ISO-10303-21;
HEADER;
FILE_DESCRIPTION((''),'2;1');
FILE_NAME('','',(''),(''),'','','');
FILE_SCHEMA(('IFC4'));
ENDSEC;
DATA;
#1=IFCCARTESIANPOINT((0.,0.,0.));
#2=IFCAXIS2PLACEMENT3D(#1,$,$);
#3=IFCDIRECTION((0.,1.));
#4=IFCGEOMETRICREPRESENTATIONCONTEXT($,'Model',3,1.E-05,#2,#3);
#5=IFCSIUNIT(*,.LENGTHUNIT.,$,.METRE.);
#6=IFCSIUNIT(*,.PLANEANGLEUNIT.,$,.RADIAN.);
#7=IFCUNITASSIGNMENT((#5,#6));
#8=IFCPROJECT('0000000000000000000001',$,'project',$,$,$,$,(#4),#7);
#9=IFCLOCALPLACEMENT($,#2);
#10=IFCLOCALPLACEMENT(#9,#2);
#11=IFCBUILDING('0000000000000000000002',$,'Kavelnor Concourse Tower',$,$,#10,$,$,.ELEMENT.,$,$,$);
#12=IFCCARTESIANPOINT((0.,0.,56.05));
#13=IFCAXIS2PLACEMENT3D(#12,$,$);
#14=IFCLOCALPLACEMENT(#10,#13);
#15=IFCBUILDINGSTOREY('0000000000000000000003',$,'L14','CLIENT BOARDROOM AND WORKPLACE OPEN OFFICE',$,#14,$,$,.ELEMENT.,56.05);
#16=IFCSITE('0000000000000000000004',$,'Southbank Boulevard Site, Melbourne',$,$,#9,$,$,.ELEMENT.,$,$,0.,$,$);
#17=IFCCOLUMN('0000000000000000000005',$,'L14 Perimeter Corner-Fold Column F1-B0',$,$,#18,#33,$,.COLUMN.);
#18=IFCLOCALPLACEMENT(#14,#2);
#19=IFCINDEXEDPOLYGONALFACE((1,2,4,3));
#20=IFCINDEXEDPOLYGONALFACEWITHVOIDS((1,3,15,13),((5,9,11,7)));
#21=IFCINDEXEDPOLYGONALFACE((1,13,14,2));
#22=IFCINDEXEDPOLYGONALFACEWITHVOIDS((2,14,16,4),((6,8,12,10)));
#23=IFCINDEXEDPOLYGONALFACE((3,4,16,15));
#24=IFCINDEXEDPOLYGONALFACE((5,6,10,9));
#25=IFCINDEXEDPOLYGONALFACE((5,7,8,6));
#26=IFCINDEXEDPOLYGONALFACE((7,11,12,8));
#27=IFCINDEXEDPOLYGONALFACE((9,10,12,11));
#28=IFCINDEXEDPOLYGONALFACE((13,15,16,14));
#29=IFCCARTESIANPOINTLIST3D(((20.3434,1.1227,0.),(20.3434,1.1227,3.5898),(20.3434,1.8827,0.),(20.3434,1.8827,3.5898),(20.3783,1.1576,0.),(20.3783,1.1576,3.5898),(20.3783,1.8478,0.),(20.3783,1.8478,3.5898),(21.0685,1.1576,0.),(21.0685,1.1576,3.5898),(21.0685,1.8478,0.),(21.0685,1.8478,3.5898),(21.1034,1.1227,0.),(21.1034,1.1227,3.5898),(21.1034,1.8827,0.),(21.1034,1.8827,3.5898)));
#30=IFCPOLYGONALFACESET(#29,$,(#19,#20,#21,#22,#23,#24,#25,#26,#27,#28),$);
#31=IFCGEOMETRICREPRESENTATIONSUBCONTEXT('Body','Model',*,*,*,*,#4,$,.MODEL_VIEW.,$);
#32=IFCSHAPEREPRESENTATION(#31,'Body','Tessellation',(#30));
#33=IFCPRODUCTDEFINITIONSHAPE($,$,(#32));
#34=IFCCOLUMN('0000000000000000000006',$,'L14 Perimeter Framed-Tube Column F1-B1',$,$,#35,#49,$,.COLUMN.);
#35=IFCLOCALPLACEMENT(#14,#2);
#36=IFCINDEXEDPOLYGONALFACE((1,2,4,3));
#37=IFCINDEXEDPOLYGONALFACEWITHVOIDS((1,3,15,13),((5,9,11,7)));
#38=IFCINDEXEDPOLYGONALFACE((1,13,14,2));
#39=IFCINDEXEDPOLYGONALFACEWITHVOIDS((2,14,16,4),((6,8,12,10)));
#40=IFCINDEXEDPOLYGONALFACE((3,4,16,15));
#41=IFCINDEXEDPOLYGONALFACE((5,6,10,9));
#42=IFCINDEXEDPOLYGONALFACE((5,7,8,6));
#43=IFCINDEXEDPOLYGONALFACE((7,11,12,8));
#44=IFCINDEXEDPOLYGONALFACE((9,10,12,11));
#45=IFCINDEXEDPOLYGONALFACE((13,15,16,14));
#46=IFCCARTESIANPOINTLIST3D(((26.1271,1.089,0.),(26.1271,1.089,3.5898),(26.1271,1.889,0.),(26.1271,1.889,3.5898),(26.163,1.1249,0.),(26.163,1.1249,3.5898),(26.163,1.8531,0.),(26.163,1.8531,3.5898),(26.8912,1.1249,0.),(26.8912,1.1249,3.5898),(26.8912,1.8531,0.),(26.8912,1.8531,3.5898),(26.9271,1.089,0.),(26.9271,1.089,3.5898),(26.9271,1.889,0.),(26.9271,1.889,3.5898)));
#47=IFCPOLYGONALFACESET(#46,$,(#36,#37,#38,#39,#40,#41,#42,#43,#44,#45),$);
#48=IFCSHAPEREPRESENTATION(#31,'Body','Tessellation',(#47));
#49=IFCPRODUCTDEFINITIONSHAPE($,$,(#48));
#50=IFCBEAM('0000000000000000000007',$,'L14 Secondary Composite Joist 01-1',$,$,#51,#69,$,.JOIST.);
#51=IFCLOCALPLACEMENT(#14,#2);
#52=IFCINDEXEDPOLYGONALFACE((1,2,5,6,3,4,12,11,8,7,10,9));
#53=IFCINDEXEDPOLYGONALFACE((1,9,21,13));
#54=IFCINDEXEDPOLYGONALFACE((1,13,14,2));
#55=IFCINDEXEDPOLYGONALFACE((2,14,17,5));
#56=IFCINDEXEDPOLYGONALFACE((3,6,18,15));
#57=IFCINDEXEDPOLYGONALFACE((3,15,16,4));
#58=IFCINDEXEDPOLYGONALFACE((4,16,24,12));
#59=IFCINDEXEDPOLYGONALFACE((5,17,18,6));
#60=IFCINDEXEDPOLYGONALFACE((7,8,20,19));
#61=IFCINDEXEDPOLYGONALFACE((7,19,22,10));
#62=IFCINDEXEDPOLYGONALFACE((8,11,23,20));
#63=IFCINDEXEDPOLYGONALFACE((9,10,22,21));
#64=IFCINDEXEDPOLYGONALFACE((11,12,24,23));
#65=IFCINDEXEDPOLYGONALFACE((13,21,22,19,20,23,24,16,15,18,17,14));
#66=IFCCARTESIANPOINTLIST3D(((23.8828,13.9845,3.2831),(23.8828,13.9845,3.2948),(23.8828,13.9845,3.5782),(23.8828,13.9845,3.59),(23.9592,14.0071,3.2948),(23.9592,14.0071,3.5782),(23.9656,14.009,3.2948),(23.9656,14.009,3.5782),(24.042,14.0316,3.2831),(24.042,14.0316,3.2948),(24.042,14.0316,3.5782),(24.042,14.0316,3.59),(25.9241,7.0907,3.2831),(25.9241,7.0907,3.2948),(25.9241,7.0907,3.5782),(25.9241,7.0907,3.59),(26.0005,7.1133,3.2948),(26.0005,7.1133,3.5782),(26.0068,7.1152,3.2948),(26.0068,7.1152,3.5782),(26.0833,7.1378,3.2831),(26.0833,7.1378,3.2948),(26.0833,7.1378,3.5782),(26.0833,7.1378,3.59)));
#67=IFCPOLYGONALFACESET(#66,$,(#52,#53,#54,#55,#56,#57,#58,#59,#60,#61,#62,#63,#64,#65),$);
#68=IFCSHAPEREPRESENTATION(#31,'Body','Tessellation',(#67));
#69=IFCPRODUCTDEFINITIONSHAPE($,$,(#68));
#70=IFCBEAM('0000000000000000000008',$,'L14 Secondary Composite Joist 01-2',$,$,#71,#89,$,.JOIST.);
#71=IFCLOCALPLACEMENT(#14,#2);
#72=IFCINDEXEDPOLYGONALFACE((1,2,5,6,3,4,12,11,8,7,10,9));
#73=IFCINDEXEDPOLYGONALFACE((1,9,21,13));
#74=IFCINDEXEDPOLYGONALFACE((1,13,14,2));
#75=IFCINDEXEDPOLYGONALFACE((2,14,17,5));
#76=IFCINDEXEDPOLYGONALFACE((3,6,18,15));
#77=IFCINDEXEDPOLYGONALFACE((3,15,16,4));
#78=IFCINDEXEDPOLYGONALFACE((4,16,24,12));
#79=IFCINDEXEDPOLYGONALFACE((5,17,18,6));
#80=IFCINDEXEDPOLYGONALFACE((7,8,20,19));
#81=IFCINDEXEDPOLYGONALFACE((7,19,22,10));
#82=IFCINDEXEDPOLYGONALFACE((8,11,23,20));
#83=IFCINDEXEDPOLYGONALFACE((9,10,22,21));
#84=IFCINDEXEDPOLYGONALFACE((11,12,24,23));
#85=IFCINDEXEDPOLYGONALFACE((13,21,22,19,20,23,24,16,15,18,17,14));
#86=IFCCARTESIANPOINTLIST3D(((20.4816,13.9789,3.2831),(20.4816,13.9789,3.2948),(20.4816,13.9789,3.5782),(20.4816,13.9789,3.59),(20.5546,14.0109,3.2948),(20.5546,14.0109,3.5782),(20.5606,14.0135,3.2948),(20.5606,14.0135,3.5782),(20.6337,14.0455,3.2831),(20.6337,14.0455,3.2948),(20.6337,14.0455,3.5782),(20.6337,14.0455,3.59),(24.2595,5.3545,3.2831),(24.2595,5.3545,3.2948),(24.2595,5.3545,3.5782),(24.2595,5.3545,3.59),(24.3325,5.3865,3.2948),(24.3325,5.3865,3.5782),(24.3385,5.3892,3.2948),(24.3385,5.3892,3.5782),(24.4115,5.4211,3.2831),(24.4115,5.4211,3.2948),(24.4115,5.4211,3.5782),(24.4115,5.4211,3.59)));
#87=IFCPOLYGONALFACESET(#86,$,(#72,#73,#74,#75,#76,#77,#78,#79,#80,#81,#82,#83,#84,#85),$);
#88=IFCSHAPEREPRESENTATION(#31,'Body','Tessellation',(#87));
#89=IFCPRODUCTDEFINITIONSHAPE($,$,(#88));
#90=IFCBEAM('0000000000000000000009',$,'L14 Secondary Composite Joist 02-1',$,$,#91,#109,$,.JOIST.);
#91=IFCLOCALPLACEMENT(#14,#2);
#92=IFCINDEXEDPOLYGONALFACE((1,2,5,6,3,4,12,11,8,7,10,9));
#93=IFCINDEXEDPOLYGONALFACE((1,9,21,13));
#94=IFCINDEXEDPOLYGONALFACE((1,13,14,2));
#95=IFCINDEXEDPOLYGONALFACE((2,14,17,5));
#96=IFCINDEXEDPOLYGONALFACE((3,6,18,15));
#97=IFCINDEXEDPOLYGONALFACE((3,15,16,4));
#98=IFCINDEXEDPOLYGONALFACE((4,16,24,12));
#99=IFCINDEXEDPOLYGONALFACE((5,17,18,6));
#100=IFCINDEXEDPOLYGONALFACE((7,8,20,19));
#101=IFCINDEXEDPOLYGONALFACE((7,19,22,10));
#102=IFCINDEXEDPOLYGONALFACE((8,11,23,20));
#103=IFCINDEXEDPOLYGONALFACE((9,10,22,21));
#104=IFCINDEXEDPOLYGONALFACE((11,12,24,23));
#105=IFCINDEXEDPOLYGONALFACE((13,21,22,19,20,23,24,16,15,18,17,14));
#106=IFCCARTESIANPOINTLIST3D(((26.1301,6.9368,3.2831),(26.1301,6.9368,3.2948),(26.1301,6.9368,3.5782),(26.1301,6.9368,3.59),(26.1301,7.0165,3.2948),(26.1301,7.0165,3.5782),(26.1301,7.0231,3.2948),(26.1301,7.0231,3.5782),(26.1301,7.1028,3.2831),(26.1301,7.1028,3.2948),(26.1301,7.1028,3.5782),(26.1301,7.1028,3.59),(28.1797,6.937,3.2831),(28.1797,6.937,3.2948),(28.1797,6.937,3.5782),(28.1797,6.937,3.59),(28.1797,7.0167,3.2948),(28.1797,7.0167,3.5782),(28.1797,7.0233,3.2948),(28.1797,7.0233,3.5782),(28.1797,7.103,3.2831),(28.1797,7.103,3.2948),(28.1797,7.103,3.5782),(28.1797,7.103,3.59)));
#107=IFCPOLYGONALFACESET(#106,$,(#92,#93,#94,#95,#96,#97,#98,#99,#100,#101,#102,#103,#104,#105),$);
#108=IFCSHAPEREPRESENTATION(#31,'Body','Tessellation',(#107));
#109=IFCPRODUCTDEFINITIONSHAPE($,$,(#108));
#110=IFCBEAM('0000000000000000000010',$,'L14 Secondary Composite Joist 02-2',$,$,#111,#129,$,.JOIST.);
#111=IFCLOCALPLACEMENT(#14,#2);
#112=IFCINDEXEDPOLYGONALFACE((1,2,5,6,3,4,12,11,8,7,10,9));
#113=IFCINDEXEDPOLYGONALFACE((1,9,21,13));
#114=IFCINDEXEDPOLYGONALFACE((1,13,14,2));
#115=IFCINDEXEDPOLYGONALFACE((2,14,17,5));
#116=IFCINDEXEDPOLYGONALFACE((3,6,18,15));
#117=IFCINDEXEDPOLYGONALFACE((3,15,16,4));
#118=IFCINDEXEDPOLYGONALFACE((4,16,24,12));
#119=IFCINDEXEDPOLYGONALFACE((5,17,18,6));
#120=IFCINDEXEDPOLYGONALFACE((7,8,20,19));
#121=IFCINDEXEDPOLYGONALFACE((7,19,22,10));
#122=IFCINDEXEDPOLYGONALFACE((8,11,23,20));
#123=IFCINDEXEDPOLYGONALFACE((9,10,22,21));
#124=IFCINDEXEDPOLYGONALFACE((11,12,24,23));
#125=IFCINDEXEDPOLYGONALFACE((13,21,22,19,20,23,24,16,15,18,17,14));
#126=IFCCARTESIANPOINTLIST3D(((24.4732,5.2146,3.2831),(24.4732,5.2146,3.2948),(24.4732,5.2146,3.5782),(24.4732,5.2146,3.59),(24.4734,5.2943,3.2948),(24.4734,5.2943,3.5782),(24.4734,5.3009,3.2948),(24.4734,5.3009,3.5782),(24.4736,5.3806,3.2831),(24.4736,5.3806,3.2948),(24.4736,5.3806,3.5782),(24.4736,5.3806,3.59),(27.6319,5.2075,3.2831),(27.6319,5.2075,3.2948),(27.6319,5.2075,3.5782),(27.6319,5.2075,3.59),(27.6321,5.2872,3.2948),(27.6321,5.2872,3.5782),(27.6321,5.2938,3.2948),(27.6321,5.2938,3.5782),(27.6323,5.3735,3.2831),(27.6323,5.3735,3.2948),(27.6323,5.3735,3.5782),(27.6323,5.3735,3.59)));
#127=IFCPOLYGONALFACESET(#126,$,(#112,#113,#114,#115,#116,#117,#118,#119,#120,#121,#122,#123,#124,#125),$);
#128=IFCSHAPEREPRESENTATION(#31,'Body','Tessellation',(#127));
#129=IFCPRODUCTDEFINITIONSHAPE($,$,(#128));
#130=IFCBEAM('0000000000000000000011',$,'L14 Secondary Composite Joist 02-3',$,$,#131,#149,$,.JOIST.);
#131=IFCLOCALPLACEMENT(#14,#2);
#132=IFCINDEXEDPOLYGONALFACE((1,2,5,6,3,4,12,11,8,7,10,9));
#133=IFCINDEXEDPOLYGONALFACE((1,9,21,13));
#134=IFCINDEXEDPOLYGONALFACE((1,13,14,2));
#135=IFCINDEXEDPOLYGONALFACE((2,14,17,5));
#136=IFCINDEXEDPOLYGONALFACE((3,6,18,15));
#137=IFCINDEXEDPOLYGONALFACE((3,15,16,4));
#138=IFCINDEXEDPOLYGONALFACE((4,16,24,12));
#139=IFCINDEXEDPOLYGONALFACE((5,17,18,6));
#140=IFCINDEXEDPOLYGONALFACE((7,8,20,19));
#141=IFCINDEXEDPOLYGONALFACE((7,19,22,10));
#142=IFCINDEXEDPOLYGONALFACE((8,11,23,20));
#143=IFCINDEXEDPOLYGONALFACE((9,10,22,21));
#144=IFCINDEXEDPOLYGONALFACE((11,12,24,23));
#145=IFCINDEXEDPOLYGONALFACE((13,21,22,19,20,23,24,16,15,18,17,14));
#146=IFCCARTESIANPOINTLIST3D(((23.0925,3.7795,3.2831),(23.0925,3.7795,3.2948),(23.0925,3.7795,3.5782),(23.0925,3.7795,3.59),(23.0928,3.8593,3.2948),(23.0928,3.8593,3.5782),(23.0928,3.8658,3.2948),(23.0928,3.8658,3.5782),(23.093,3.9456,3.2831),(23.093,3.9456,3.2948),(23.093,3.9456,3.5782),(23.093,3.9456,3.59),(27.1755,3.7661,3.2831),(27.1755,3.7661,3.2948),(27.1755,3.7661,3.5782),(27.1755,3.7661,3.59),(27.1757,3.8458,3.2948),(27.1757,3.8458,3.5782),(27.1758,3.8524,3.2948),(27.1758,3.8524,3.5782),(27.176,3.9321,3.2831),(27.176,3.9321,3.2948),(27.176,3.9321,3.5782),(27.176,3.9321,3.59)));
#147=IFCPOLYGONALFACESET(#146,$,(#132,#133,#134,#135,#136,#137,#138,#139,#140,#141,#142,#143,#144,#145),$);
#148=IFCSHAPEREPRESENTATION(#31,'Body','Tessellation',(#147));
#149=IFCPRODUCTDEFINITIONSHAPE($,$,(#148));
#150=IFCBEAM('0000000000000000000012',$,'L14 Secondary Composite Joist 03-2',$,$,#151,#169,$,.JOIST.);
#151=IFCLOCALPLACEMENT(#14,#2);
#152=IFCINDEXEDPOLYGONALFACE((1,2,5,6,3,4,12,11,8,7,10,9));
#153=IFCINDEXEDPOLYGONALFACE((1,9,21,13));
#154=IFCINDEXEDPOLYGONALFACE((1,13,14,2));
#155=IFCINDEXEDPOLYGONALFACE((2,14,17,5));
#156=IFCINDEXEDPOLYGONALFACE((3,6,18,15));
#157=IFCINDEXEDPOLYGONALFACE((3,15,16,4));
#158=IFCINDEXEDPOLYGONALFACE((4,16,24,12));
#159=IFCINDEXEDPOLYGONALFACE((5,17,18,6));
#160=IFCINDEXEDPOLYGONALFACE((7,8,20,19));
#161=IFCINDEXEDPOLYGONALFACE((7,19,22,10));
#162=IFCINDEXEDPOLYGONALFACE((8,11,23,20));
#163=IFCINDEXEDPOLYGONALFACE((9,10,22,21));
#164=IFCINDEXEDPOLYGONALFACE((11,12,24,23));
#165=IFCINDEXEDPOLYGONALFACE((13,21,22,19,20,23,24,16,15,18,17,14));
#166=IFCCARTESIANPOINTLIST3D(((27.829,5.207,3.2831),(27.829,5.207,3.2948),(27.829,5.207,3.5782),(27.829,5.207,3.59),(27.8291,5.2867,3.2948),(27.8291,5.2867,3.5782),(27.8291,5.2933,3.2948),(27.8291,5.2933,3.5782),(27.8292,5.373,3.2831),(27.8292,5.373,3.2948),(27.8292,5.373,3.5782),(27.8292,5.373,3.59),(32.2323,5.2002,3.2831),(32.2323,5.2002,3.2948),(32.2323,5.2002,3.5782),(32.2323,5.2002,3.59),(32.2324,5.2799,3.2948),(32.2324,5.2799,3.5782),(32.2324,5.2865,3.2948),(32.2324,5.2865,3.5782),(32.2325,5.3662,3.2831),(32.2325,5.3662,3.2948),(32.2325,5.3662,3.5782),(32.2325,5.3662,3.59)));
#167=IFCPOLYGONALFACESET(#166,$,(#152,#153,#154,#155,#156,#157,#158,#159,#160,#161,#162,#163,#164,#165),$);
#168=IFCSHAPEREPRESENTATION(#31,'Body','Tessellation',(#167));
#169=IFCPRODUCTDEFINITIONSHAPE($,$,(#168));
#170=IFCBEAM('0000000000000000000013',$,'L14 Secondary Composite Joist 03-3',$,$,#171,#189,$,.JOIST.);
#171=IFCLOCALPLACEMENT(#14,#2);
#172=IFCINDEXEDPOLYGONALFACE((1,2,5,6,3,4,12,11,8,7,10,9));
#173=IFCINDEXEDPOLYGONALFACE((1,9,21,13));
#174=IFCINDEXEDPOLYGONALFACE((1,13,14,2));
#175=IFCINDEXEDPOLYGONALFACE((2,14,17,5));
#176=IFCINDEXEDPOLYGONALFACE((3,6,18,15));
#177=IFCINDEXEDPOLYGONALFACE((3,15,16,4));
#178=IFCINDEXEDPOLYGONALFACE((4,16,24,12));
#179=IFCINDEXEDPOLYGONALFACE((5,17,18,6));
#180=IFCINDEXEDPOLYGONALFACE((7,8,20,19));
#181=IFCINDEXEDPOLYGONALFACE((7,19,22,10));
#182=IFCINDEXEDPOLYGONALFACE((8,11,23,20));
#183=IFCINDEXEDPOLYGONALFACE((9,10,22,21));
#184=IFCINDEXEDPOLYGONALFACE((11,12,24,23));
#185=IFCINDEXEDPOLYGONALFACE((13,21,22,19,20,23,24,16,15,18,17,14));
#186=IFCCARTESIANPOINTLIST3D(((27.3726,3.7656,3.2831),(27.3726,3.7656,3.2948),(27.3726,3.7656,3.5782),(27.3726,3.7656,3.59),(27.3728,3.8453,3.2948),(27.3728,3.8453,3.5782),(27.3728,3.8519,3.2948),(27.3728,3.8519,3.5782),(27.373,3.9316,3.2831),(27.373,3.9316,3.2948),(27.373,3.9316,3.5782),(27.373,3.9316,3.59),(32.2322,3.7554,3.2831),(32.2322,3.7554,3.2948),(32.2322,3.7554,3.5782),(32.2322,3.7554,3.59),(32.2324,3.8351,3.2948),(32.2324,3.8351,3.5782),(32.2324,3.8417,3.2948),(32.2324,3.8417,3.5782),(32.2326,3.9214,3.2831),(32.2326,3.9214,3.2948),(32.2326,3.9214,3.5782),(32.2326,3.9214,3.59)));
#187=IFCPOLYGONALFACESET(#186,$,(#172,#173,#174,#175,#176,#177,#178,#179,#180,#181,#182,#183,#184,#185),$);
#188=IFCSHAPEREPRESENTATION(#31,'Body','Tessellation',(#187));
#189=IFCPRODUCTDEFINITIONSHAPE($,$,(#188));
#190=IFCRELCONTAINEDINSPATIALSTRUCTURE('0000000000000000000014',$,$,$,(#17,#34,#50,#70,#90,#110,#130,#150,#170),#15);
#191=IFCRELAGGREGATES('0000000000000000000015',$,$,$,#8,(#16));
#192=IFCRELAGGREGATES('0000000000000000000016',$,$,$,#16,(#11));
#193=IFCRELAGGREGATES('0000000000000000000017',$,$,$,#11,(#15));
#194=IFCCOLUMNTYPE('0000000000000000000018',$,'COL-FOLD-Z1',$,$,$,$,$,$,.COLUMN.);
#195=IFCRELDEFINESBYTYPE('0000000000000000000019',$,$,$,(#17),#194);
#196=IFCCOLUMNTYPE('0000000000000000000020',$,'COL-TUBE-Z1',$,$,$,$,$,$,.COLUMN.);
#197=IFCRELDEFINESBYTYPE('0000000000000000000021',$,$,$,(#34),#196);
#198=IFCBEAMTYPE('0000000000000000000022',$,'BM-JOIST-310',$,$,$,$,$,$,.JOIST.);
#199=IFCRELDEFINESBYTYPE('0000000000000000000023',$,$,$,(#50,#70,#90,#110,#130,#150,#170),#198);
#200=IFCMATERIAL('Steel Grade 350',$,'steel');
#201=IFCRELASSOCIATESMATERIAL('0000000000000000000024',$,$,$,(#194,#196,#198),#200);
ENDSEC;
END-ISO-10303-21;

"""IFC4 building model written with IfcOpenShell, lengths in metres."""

from ifc_helpers import new_model, si_unit, direction, frame, origin, origin_2d, place, context, subcontext, project, spatial, hollow_rectangle, i_section, extrude, material, material_profile, profile_set, type_object, element, save


model = new_model("IFC4")

# Units and contexts
model_context = context("Model", 3, precision=1e-05, world=origin(), true_north=direction((0.0, 1.0)))
body_context = subcontext(model_context, "Body", "Model", "MODEL_VIEW")
ifc_project = project(units=[si_unit("LENGTHUNIT", "METRE"), si_unit("PLANEANGLEUNIT", "RADIAN")], contexts=[model_context])

# Site, building, storey
site_placement = place(None, origin())
site = spatial("IfcSite", under=ifc_project, at=site_placement, Name="Southbank Boulevard Site, Melbourne", CompositionType="ELEMENT", RefElevation=0.0)
building_placement = place(site_placement, origin())
building = spatial("IfcBuilding", under=site, at=building_placement, Name="Kavelnor Concourse Tower", CompositionType="ELEMENT")
storey_placement = place(building_placement, frame((0.0, 0.0, 56.05)))
storey = spatial("IfcBuildingStorey", under=building, at=storey_placement, Name="L14", Description="CLIENT BOARDROOM AND WORKPLACE OPEN OFFICE", CompositionType="ELEMENT", Elevation=56.05)

# Columns
ifc_material_1 = material(Name="Steel Grade 350", Category="steel")
ifc_material_profile_1 = material_profile(ifc_material_1, hollow_rectangle(XDim=0.76, YDim=0.76, WallThickness=0.0349, at=origin_2d()), Name="SHS 760x760x35")
ifc_profile_set_1 = profile_set([ifc_material_profile_1], Name="Steel Grade 350")
column_type_1 = type_object("IfcColumnType", Name="COL-FOLD-Z1", PredefinedType="COLUMN", material=ifc_profile_set_1)
column_1_placement = place(storey_placement, frame((20.7234, 1.5027, 0.0), z_axis=(0.0, 0.0, 1.0), x_axis=(1.0, 0.0, 0.0)))
element("IfcColumn", 1, at=column_1_placement, inside=storey, type_object=column_type_1, Name="L14 Perimeter Corner-Fold Column F1-B0", PredefinedType="COLUMN", context=body_context, shape_type="SweptSolid", body=[
    extrude(hollow_rectangle(XDim=0.76, YDim=0.76, WallThickness=0.0349, at=origin_2d()), origin(), (0.0, 0.0, 1.0), 3.5898),
])
ifc_material_profile_2 = material_profile(ifc_material_1, hollow_rectangle(XDim=0.8, YDim=0.8, WallThickness=0.0359, at=origin_2d()), Name="SHS 800x800x36")
ifc_profile_set_2 = profile_set([ifc_material_profile_2], Name="Steel Grade 350")
column_type_2 = type_object("IfcColumnType", Name="COL-TUBE-Z1", PredefinedType="COLUMN", material=ifc_profile_set_2)
column_2_placement = place(storey_placement, frame((26.5271, 1.489, 0.0), z_axis=(0.0, 0.0, 1.0), x_axis=(1.0, 0.0, 0.0)))
element("IfcColumn", 2, at=column_2_placement, inside=storey, type_object=column_type_2, Name="L14 Perimeter Framed-Tube Column F1-B1", PredefinedType="COLUMN", context=body_context, shape_type="SweptSolid", body=[
    extrude(hollow_rectangle(XDim=0.8, YDim=0.8, WallThickness=0.0359, at=origin_2d()), origin(), (0.0, 0.0, 1.0), 3.5898),
])

# Beams
ifc_material_profile_3 = material_profile(ifc_material_1, i_section(OverallWidth=0.166, OverallDepth=0.3069, WebThickness=0.0066, FlangeThickness=0.0117, at=origin_2d()), Name="310UB46")
ifc_profile_set_3 = profile_set([ifc_material_profile_3], Name="Steel Grade 350")
beam_type_1 = type_object("IfcBeamType", Name="BM-JOIST-310", PredefinedType="JOIST", material=ifc_profile_set_3)
beam_1_placement = place(storey_placement, frame((23.9624, 14.0081, 3.4365), z_axis=(0.283916, -0.958849, 0.0), x_axis=(0.958849, 0.283916, 0.0)))
element("IfcBeam", 3, at=beam_1_placement, inside=storey, type_object=beam_type_1, Name="L14 Secondary Composite Joist 01-1", PredefinedType="JOIST", context=body_context, shape_type="SweptSolid", body=[
    extrude(i_section(OverallWidth=0.166, OverallDepth=0.3069, WebThickness=0.0066, FlangeThickness=0.0117, at=origin_2d()), origin(), (0.0, 0.0, 1.0), 7.1897),
])
beam_2_placement = place(storey_placement, frame((20.5576, 14.0122, 3.4365), z_axis=(0.401239, -0.915973, 0.0), x_axis=(0.915973, 0.401239, 0.0)))
element("IfcBeam", 4, at=beam_2_placement, inside=storey, type_object=beam_type_1, Name="L14 Secondary Composite Joist 01-2", PredefinedType="JOIST", context=body_context, shape_type="SweptSolid", body=[
    extrude(i_section(OverallWidth=0.166, OverallDepth=0.3069, WebThickness=0.0066, FlangeThickness=0.0117, at=origin_2d()), origin(), (0.0, 0.0, 1.0), 9.4155),
])
beam_3_placement = place(storey_placement, frame((26.1301, 7.0198, 3.4365), z_axis=(1.0, 0.000119, 0.0), x_axis=(-0.000119, 1.0, 0.0)))
element("IfcBeam", 5, at=beam_3_placement, inside=storey, type_object=beam_type_1, Name="L14 Secondary Composite Joist 02-1", PredefinedType="JOIST", context=body_context, shape_type="SweptSolid", body=[
    extrude(i_section(OverallWidth=0.166, OverallDepth=0.3069, WebThickness=0.0066, FlangeThickness=0.0117, at=origin_2d()), origin(), (0.0, 0.0, 1.0), 2.0496),
])
beam_4_placement = place(storey_placement, frame((24.4734, 5.2976, 3.4365), z_axis=(0.999997, -0.002241, 0.0), x_axis=(0.002241, 0.999997, 0.0)))
element("IfcBeam", 6, at=beam_4_placement, inside=storey, type_object=beam_type_1, Name="L14 Secondary Composite Joist 02-2", PredefinedType="JOIST", context=body_context, shape_type="SweptSolid", body=[
    extrude(i_section(OverallWidth=0.166, OverallDepth=0.3069, WebThickness=0.0066, FlangeThickness=0.0117, at=origin_2d()), origin(), (0.0, 0.0, 1.0), 3.1587),
])
beam_5_placement = place(storey_placement, frame((23.0928, 3.8625, 3.4365), z_axis=(0.999995, -0.003289, 0.0), x_axis=(0.003289, 0.999995, 0.0)))
element("IfcBeam", 7, at=beam_5_placement, inside=storey, type_object=beam_type_1, Name="L14 Secondary Composite Joist 02-3", PredefinedType="JOIST", context=body_context, shape_type="SweptSolid", body=[
    extrude(i_section(OverallWidth=0.166, OverallDepth=0.3069, WebThickness=0.0066, FlangeThickness=0.0117, at=origin_2d()), origin(), (0.0, 0.0, 1.0), 4.083),
])
beam_6_placement = place(storey_placement, frame((27.8291, 5.29, 3.4365), z_axis=(0.999999, -0.001552, 0.0), x_axis=(0.001552, 0.999999, 0.0)))
element("IfcBeam", 8, at=beam_6_placement, inside=storey, type_object=beam_type_1, Name="L14 Secondary Composite Joist 03-2", PredefinedType="JOIST", context=body_context, shape_type="SweptSolid", body=[
    extrude(i_section(OverallWidth=0.166, OverallDepth=0.3069, WebThickness=0.0066, FlangeThickness=0.0117, at=origin_2d()), origin(), (0.0, 0.0, 1.0), 4.4033),
])
beam_7_placement = place(storey_placement, frame((27.3728, 3.8486, 3.4365), z_axis=(0.999998, -0.00211, 0.0), x_axis=(0.00211, 0.999998, 0.0)))
element("IfcBeam", 9, at=beam_7_placement, inside=storey, type_object=beam_type_1, Name="L14 Secondary Composite Joist 03-3", PredefinedType="JOIST", context=body_context, shape_type="SweptSolid", body=[
    extrude(i_section(OverallWidth=0.166, OverallDepth=0.3069, WebThickness=0.0066, FlangeThickness=0.0117, at=origin_2d()), origin(), (0.0, 0.0, 1.0), 4.8596),
])

save(model, "model.ifc")
